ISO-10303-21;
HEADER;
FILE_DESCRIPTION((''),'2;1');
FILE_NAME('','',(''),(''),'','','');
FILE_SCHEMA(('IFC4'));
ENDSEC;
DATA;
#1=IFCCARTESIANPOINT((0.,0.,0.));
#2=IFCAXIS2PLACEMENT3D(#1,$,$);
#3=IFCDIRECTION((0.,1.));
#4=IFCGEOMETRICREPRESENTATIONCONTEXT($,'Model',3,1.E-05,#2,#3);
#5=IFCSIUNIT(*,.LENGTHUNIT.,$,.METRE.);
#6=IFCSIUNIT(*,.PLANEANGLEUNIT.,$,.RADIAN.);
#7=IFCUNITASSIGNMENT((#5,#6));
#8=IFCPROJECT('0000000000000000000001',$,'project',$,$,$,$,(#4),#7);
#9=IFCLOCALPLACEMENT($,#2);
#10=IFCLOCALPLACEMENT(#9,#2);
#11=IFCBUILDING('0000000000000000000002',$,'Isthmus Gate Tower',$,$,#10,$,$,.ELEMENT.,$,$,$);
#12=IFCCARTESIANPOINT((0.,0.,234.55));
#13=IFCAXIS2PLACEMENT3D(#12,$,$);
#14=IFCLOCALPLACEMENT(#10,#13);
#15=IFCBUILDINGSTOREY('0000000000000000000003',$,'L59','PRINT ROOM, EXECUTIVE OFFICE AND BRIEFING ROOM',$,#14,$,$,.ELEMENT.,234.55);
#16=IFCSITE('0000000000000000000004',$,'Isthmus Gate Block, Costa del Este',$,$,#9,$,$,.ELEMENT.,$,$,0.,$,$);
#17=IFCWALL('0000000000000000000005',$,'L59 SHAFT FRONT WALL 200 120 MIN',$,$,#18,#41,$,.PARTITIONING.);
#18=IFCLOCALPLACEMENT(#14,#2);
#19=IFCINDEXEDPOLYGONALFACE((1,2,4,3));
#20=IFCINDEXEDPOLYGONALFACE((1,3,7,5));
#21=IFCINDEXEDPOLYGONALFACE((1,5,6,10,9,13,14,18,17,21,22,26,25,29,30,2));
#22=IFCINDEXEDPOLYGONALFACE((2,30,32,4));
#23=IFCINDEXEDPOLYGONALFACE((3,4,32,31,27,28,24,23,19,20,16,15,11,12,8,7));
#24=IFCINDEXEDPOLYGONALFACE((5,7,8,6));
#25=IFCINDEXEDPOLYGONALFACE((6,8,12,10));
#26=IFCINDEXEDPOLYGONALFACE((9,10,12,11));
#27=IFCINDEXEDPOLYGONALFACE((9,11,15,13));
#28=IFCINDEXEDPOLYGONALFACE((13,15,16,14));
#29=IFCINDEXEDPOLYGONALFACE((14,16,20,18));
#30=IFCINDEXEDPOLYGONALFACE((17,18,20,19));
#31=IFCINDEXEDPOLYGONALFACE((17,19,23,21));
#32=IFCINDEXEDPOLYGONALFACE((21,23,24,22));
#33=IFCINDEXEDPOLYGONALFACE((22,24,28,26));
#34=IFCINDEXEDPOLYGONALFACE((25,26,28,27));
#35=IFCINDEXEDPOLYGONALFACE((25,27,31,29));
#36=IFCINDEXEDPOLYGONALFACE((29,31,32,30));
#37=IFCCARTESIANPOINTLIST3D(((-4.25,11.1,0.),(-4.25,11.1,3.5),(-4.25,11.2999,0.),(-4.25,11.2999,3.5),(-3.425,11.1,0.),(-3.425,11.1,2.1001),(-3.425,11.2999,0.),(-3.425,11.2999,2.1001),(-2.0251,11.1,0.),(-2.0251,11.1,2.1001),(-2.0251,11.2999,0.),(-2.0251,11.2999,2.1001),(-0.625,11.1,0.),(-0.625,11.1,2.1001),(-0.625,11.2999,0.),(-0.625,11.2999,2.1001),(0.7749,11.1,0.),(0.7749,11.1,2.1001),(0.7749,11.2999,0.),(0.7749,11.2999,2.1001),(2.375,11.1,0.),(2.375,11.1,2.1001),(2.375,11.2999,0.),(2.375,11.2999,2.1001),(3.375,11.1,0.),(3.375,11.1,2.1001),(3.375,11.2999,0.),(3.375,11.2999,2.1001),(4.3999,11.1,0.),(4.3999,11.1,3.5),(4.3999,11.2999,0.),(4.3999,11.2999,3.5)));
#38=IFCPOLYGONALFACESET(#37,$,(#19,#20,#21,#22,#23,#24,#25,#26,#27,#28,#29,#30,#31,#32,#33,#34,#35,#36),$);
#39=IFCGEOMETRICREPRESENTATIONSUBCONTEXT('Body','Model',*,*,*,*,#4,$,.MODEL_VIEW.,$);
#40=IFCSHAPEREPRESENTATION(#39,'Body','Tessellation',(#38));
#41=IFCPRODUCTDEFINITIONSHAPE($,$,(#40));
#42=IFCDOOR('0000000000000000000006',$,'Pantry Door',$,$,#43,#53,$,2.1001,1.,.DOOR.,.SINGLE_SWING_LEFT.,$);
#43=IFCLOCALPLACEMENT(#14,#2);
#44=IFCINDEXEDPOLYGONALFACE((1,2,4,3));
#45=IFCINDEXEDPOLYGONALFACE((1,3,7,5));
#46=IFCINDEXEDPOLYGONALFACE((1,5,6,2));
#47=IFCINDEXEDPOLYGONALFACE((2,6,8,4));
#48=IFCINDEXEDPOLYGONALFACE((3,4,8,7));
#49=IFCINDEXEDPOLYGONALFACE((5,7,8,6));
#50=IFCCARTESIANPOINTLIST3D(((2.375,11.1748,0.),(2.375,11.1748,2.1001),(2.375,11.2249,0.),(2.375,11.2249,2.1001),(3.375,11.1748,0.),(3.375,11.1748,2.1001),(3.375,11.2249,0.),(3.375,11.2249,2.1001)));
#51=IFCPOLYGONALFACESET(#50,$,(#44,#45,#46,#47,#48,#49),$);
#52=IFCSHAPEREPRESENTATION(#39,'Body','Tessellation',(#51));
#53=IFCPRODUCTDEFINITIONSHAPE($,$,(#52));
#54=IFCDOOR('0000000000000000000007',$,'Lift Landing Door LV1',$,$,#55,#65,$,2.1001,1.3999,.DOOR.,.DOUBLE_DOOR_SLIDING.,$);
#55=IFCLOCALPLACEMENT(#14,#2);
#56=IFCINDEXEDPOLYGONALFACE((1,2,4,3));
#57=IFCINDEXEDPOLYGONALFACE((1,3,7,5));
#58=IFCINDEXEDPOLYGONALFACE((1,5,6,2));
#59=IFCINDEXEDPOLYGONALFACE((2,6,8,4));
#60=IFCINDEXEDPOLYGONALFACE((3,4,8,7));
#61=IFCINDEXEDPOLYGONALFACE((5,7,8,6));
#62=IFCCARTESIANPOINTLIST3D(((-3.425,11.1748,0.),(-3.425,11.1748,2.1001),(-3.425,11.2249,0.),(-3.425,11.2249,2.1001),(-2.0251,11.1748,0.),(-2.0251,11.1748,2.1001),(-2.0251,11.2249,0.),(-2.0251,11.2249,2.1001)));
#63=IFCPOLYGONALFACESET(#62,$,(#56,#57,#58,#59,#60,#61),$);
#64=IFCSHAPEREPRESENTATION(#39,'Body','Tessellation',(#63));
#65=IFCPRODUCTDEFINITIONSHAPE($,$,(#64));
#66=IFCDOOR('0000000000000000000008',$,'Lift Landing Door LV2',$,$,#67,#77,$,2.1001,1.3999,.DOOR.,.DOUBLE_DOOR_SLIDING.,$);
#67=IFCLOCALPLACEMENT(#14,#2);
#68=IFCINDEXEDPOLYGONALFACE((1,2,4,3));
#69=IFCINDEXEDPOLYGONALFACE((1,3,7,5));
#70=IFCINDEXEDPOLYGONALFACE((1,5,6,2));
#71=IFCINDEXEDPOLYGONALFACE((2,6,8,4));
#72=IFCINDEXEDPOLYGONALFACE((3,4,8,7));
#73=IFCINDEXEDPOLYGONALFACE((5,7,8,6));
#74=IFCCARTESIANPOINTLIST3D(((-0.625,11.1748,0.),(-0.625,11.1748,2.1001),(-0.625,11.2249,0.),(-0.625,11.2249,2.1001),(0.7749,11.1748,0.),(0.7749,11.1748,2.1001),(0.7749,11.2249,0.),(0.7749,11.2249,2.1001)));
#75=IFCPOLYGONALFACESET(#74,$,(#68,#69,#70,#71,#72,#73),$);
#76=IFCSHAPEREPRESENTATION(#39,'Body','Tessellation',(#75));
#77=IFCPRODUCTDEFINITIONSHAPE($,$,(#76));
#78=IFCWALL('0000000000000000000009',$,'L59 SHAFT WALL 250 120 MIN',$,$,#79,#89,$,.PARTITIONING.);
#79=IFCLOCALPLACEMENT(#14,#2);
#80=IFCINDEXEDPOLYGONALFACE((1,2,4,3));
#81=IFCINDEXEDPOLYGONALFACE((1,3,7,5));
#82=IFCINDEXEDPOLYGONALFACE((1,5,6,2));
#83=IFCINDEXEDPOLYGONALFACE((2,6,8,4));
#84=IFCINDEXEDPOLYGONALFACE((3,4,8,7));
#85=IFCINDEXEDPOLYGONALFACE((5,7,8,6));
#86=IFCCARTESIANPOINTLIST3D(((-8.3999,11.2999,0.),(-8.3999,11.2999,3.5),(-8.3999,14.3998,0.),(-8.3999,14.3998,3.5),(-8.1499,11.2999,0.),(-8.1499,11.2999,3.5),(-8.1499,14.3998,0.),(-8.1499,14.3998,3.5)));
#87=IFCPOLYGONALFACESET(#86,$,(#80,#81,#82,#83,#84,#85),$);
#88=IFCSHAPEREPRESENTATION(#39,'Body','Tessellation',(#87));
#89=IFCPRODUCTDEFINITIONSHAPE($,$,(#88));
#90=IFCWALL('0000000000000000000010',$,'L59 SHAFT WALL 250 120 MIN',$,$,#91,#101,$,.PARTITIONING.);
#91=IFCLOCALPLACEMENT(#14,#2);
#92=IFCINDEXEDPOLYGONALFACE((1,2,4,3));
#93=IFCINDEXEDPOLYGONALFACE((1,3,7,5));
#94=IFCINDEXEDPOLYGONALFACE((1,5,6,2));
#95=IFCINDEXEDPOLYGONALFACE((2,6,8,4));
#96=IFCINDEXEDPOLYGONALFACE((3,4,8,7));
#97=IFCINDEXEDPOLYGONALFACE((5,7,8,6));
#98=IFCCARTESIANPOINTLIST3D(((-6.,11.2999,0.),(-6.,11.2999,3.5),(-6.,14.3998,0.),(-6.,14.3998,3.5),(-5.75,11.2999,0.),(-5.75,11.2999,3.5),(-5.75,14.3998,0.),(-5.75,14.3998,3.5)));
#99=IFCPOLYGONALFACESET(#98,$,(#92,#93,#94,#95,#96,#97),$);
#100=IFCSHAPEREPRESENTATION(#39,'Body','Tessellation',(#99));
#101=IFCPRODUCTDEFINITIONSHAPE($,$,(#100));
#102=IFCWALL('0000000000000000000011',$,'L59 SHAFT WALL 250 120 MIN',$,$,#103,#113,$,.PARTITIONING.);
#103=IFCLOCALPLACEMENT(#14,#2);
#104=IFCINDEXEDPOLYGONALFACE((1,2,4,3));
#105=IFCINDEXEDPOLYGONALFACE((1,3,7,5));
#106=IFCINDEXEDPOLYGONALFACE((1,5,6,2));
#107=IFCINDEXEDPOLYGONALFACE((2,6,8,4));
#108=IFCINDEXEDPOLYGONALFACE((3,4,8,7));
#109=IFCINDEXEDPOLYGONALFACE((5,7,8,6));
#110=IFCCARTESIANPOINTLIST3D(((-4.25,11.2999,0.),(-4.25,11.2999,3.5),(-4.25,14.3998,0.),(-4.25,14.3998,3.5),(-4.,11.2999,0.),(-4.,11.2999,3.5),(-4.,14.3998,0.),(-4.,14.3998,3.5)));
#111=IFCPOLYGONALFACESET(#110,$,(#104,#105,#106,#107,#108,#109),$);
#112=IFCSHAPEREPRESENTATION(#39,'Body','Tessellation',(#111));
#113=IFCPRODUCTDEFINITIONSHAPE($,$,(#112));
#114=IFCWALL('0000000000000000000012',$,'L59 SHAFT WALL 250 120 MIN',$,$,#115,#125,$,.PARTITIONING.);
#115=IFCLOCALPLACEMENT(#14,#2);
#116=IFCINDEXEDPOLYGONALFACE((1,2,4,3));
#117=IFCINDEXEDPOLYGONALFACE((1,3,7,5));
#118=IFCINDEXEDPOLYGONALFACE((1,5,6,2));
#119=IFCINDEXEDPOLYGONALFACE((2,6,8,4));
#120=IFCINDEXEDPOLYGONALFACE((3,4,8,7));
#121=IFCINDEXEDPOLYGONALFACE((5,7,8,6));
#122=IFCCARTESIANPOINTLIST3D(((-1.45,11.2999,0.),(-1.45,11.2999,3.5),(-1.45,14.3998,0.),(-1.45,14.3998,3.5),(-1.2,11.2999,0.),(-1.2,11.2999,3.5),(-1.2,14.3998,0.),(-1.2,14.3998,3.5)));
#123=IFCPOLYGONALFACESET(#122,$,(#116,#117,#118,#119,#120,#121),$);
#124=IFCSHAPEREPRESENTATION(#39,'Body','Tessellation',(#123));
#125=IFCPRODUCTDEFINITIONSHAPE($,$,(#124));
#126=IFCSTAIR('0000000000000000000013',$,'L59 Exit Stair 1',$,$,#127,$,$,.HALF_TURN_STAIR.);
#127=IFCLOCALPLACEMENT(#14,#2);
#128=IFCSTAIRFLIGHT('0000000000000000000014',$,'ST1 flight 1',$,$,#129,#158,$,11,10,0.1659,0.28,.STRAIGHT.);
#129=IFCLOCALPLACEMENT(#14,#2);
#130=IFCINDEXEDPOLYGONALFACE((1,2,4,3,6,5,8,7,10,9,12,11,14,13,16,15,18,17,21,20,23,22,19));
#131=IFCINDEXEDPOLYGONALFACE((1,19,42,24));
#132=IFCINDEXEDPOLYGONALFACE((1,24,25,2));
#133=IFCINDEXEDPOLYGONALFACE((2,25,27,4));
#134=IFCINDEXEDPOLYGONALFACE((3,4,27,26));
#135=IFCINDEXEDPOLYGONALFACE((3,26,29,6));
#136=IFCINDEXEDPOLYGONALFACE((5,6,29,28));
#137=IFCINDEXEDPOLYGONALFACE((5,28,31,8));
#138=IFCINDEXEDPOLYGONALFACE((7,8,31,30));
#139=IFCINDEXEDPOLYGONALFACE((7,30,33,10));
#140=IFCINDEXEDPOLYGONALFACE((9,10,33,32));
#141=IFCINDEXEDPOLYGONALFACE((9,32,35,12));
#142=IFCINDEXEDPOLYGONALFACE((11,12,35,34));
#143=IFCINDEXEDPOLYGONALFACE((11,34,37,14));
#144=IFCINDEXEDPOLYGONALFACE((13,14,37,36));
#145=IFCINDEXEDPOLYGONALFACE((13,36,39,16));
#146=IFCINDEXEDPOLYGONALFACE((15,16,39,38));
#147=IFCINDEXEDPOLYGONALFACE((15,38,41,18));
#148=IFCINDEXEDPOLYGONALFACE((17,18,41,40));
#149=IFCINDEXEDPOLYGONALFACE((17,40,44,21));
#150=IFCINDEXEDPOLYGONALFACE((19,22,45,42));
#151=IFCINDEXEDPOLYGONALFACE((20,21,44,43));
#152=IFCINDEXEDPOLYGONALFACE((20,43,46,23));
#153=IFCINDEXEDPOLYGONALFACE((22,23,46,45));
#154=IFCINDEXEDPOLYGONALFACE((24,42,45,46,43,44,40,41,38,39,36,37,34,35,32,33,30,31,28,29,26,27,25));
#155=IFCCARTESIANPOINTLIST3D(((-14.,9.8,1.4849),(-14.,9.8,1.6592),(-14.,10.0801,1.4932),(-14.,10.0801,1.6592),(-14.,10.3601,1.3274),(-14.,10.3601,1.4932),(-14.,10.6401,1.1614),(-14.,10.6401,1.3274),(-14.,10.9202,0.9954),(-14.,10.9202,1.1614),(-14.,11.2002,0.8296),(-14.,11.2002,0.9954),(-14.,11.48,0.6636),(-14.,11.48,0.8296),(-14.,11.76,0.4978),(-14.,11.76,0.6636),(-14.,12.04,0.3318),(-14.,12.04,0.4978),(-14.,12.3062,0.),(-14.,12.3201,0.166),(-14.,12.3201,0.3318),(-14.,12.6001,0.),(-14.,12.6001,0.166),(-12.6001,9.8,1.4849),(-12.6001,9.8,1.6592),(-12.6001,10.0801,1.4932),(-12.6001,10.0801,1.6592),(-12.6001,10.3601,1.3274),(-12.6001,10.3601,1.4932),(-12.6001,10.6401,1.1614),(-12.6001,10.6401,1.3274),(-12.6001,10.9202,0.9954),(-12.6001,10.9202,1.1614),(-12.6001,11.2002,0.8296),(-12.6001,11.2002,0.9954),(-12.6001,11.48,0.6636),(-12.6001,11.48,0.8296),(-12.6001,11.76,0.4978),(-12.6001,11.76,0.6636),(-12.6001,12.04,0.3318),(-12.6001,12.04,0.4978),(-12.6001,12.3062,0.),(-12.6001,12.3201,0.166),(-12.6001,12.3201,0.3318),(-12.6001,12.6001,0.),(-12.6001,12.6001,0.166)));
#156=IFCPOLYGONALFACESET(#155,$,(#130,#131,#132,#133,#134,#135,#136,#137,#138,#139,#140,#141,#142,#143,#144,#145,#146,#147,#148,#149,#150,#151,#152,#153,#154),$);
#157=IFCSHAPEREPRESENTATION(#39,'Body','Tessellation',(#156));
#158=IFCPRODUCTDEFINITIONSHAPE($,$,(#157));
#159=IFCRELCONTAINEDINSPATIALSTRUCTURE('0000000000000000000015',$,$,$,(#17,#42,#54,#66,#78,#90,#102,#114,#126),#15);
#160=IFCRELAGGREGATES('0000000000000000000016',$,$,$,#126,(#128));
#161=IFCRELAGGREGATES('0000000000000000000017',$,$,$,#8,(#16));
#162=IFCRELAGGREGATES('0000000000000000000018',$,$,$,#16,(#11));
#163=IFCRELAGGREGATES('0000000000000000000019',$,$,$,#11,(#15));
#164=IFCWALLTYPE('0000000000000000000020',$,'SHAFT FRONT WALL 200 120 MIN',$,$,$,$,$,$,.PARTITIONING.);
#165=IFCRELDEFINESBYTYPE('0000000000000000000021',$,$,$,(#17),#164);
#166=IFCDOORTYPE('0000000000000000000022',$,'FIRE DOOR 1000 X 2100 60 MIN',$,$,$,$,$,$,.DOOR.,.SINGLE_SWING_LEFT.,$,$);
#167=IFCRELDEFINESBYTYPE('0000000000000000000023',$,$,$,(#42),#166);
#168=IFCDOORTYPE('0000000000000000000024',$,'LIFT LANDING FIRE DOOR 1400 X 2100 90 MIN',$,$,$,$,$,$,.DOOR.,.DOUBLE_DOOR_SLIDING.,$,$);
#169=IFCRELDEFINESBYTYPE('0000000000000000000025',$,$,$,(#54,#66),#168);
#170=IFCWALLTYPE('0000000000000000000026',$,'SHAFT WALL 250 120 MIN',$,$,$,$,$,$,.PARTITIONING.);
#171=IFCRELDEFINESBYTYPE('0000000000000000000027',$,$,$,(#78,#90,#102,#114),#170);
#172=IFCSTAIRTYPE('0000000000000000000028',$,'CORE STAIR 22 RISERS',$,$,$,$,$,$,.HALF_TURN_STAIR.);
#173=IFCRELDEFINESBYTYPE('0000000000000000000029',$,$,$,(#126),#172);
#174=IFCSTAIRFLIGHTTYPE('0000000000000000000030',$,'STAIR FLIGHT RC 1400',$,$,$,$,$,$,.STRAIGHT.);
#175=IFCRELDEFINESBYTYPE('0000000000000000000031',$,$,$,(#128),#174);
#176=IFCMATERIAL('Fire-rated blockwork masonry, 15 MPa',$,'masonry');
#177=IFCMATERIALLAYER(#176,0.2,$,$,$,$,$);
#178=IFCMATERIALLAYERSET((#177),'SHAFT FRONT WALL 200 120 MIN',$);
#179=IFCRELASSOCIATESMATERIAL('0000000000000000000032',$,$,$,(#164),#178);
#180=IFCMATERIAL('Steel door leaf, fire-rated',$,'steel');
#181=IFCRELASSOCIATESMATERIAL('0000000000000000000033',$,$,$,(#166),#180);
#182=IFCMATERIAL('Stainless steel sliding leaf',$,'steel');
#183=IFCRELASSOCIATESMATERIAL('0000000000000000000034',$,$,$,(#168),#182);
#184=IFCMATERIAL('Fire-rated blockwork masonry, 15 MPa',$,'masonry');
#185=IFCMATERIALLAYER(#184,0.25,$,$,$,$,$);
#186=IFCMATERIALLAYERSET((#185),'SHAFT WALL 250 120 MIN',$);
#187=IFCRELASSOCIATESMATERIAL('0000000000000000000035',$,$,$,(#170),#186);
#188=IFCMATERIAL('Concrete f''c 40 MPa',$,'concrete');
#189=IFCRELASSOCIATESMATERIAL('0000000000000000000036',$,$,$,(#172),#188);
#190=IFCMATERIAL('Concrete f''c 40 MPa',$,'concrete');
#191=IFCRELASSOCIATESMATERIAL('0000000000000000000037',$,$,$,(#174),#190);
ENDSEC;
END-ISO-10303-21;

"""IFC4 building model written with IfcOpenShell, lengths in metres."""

from ifc_helpers import new_model, si_unit, direction, frame, frame_2d, origin, place, context, subcontext, project, spatial, polyline, rectangle, outline, extrude, material, layer, layer_set, type_object, element, fill, aggregate, save


model = new_model("IFC4")

# Units and contexts
model_context = context("Model", 3, precision=1e-05, world=origin(), true_north=direction((0.0, 1.0)))
body_context = subcontext(model_context, "Body", "Model", "MODEL_VIEW")
ifc_project = project(units=[si_unit("LENGTHUNIT", "METRE"), si_unit("PLANEANGLEUNIT", "RADIAN")], contexts=[model_context])

# Site, building, storey
site_placement = place(None, origin())
site = spatial("IfcSite", under=ifc_project, at=site_placement, Name="Isthmus Gate Block, Costa del Este", CompositionType="ELEMENT", RefElevation=0.0)
building_placement = place(site_placement, origin())
building = spatial("IfcBuilding", under=site, at=building_placement, Name="Isthmus Gate Tower", CompositionType="ELEMENT")
storey_placement = place(building_placement, frame((0.0, 0.0, 234.55)))
storey = spatial("IfcBuildingStorey", under=building, at=storey_placement, Name="L59", Description="PRINT ROOM, EXECUTIVE OFFICE AND BRIEFING ROOM", CompositionType="ELEMENT", Elevation=234.55)

# Wall, openings, doors
ifc_material_1 = material(Name="Fire-rated blockwork masonry, 15 MPa", Category="masonry")
ifc_layer_1 = layer(ifc_material_1, 0.2)
ifc_layer_set_1 = layer_set([ifc_layer_1], Name="SHAFT FRONT WALL 200 120 MIN")
wall_type_1 = type_object("IfcWallType", Name="SHAFT FRONT WALL 200 120 MIN", PredefinedType="PARTITIONING", material=ifc_layer_set_1)
wall_1_placement = place(storey_placement, frame((-4.25, 11.2, 0.0), z_axis=(0.0, 0.0, 1.0), x_axis=(1.0, 0.0, 0.0)))
wall_1 = element("IfcWall", 1, at=wall_1_placement, inside=storey, type_object=wall_type_1, Name="L59 SHAFT FRONT WALL 200 120 MIN", PredefinedType="PARTITIONING", context=body_context, shape_type="SweptSolid", body=[
    extrude(rectangle(XDim=8.6499, YDim=0.2, at=frame_2d((4.325, 0.0))), origin(), (0.0, 0.0, 1.0), 3.5),
])
opening_1_placement = place(wall_1_placement, frame((0.825, 0.0, 0.0)))
opening_1 = element("IfcOpeningElement", 2, at=opening_1_placement, cuts=wall_1, PredefinedType="OPENING", context=body_context, shape_type="SweptSolid", body=[
    extrude(rectangle(XDim=1.3999, YDim=2.1001, at=frame_2d((0.7, 1.05))), frame((0.0, 0.1099, 0.0), z_axis=(0.0, -1.0, 0.0), x_axis=(1.0, 0.0, 0.0)), (0.0, 0.0, 1.0), 0.22),
])
opening_2_placement = place(wall_1_placement, frame((3.625, 0.0, 0.0)))
opening_2 = element("IfcOpeningElement", 3, at=opening_2_placement, cuts=wall_1, PredefinedType="OPENING", context=body_context, shape_type="SweptSolid", body=[
    extrude(rectangle(XDim=1.3999, YDim=2.1001, at=frame_2d((0.7, 1.05))), frame((0.0, 0.1099, 0.0), z_axis=(0.0, -1.0, 0.0), x_axis=(1.0, 0.0, 0.0)), (0.0, 0.0, 1.0), 0.22),
])
opening_3_placement = place(wall_1_placement, frame((6.625, 0.0, 0.0)))
opening_3 = element("IfcOpeningElement", 4, at=opening_3_placement, cuts=wall_1, PredefinedType="OPENING", context=body_context, shape_type="SweptSolid", body=[
    extrude(rectangle(XDim=1.0, YDim=2.1001, at=frame_2d((0.5, 1.05))), frame((0.0, 0.1099, 0.0), z_axis=(0.0, -1.0, 0.0), x_axis=(1.0, 0.0, 0.0)), (0.0, 0.0, 1.0), 0.22),
])
ifc_material_2 = material(Name="Steel door leaf, fire-rated", Category="steel")
door_type_1 = type_object("IfcDoorType", Name="FIRE DOOR 1000 X 2100 60 MIN", OperationType="SINGLE_SWING_LEFT", PredefinedType="DOOR", material=ifc_material_2)
door_1_placement = place(opening_3_placement, origin())
door_1 = element("IfcDoor", 5, at=door_1_placement, inside=storey, type_object=door_type_1, Name="Pantry Door", OperationType="SINGLE_SWING_LEFT", OverallHeight=2.1001, OverallWidth=1.0, PredefinedType="DOOR", context=body_context, shape_type="SweptSolid", body=[
    extrude(rectangle(XDim=1.0, YDim=2.1001, at=frame_2d((0.5, 1.05))), frame((0.0, 0.0249, 0.0), z_axis=(0.0, -1.0, 0.0), x_axis=(1.0, 0.0, 0.0)), (0.0, 0.0, 1.0), 0.05),
])
fill(opening_3, door_1)
ifc_material_3 = material(Name="Stainless steel sliding leaf", Category="steel")
door_type_2 = type_object("IfcDoorType", Name="LIFT LANDING FIRE DOOR 1400 X 2100 90 MIN", OperationType="DOUBLE_DOOR_SLIDING", PredefinedType="DOOR", material=ifc_material_3)
door_2_placement = place(opening_1_placement, origin())
door_2 = element("IfcDoor", 6, at=door_2_placement, inside=storey, type_object=door_type_2, Name="Lift Landing Door LV1", OperationType="DOUBLE_DOOR_SLIDING", OverallHeight=2.1001, OverallWidth=1.3999, PredefinedType="DOOR", context=body_context, shape_type="SweptSolid", body=[
    extrude(rectangle(XDim=1.3999, YDim=2.1001, at=frame_2d((0.7, 1.05))), frame((0.0, 0.0249, 0.0), z_axis=(0.0, -1.0, 0.0), x_axis=(1.0, 0.0, 0.0)), (0.0, 0.0, 1.0), 0.05),
])
fill(opening_1, door_2)
door_3_placement = place(opening_2_placement, origin())
door_3 = element("IfcDoor", 7, at=door_3_placement, inside=storey, type_object=door_type_2, Name="Lift Landing Door LV2", OperationType="DOUBLE_DOOR_SLIDING", OverallHeight=2.1001, OverallWidth=1.3999, PredefinedType="DOOR", context=body_context, shape_type="SweptSolid", body=[
    extrude(rectangle(XDim=1.3999, YDim=2.1001, at=frame_2d((0.7, 1.05))), frame((0.0, 0.0249, 0.0), z_axis=(0.0, -1.0, 0.0), x_axis=(1.0, 0.0, 0.0)), (0.0, 0.0, 1.0), 0.05),
])
fill(opening_2, door_3)

# Walls
ifc_material_4 = material(Name="Fire-rated blockwork masonry, 15 MPa", Category="masonry")
ifc_layer_2 = layer(ifc_material_4, 0.25)
ifc_layer_set_2 = layer_set([ifc_layer_2], Name="SHAFT WALL 250 120 MIN")
wall_type_2 = type_object("IfcWallType", Name="SHAFT WALL 250 120 MIN", PredefinedType="PARTITIONING", material=ifc_layer_set_2)
for number, where, z_axis, x_axis, name in (
    (8, (-8.2749, 11.3, 0.0), (0.0, 0.0, 1.0), (0.0, 1.0, 0.0), "L59 SHAFT WALL 250 120 MIN"),
    (9, (-5.875, 11.3, 0.0), (0.0, 0.0, 1.0), (0.0, 1.0, 0.0), "L59 SHAFT WALL 250 120 MIN"),
    (10, (-4.125, 11.3, 0.0), (0.0, 0.0, 1.0), (0.0, 1.0, 0.0), "L59 SHAFT WALL 250 120 MIN"),
    (11, (-1.325, 11.3, 0.0), (0.0, 0.0, 1.0), (0.0, 1.0, 0.0), "L59 SHAFT WALL 250 120 MIN"),
):
    element("IfcWall", number, at=place(storey_placement, frame(where, z_axis=z_axis, x_axis=x_axis)), inside=storey, type_object=wall_type_2, Name=name, PredefinedType="PARTITIONING", context=body_context, shape_type="SweptSolid", body=[
        extrude(rectangle(XDim=3.0999, YDim=0.25, at=frame_2d((1.5498, 0.0))), origin(), (0.0, 0.0, 1.0), 3.5),
    ])

# Stair, stair flight
ifc_material_5 = material(Name="Concrete f'c 40 MPa", Category="concrete")
stair_type = type_object("IfcStairType", Name="CORE STAIR 22 RISERS", PredefinedType="HALF_TURN_STAIR", material=ifc_material_5)
stair_placement = place(storey_placement, origin())
stair = element("IfcStair", 12, at=stair_placement, inside=storey, type_object=stair_type, Name="L59 Exit Stair 1", PredefinedType="HALF_TURN_STAIR")
ifc_material_6 = material(Name="Concrete f'c 40 MPa", Category="concrete")
stair_flight_type = type_object("IfcStairFlightType", Name="STAIR FLIGHT RC 1400", PredefinedType="STRAIGHT", material=ifc_material_6)
stair_flight_placement = place(storey_placement, frame((-13.3, 12.6001, 0.0), z_axis=(0.0, 0.0, 1.0), x_axis=(0.0, -1.0, 0.0)))
stair_flight = element("IfcStairFlight", 13, at=stair_flight_placement, type_object=stair_flight_type, Name="ST1 flight 1", NumberOfRisers=11, NumberOfTreads=10, PredefinedType="STRAIGHT", RiserHeight=0.1659, TreadLength=0.28, context=body_context, shape_type="SweptSolid", body=[
    extrude(outline(polyline([(0.0, 0.0), (0.0, 0.166), (0.28, 0.166), (0.28, 0.3318), (0.5601, 0.3318), (0.5601, 0.4978), (0.8401, 0.4978), (0.8401, 0.6636), (1.1201, 0.6636), (1.1201, 0.8296), (1.3999, 0.8296), (1.3999, 0.9954), (1.6799, 0.9954), (1.6799, 1.1614), (1.96, 1.1614), (1.96, 1.3274), (2.24, 1.3274), (2.24, 1.4932), (2.52, 1.4932), (2.52, 1.6592), (2.8, 1.6592), (2.8, 1.825), (2.8, 1.4849), (0.2939, 0.0), (0.0, 0.0)])), frame((0.0, 0.7, 0.0), z_axis=(0.0, -1.0, 0.0), x_axis=(1.0, 0.0, 0.0)), (0.0, 0.0, 1.0), 1.3999),
])
aggregate(stair, [stair_flight])

save(model, "model.ifc")
